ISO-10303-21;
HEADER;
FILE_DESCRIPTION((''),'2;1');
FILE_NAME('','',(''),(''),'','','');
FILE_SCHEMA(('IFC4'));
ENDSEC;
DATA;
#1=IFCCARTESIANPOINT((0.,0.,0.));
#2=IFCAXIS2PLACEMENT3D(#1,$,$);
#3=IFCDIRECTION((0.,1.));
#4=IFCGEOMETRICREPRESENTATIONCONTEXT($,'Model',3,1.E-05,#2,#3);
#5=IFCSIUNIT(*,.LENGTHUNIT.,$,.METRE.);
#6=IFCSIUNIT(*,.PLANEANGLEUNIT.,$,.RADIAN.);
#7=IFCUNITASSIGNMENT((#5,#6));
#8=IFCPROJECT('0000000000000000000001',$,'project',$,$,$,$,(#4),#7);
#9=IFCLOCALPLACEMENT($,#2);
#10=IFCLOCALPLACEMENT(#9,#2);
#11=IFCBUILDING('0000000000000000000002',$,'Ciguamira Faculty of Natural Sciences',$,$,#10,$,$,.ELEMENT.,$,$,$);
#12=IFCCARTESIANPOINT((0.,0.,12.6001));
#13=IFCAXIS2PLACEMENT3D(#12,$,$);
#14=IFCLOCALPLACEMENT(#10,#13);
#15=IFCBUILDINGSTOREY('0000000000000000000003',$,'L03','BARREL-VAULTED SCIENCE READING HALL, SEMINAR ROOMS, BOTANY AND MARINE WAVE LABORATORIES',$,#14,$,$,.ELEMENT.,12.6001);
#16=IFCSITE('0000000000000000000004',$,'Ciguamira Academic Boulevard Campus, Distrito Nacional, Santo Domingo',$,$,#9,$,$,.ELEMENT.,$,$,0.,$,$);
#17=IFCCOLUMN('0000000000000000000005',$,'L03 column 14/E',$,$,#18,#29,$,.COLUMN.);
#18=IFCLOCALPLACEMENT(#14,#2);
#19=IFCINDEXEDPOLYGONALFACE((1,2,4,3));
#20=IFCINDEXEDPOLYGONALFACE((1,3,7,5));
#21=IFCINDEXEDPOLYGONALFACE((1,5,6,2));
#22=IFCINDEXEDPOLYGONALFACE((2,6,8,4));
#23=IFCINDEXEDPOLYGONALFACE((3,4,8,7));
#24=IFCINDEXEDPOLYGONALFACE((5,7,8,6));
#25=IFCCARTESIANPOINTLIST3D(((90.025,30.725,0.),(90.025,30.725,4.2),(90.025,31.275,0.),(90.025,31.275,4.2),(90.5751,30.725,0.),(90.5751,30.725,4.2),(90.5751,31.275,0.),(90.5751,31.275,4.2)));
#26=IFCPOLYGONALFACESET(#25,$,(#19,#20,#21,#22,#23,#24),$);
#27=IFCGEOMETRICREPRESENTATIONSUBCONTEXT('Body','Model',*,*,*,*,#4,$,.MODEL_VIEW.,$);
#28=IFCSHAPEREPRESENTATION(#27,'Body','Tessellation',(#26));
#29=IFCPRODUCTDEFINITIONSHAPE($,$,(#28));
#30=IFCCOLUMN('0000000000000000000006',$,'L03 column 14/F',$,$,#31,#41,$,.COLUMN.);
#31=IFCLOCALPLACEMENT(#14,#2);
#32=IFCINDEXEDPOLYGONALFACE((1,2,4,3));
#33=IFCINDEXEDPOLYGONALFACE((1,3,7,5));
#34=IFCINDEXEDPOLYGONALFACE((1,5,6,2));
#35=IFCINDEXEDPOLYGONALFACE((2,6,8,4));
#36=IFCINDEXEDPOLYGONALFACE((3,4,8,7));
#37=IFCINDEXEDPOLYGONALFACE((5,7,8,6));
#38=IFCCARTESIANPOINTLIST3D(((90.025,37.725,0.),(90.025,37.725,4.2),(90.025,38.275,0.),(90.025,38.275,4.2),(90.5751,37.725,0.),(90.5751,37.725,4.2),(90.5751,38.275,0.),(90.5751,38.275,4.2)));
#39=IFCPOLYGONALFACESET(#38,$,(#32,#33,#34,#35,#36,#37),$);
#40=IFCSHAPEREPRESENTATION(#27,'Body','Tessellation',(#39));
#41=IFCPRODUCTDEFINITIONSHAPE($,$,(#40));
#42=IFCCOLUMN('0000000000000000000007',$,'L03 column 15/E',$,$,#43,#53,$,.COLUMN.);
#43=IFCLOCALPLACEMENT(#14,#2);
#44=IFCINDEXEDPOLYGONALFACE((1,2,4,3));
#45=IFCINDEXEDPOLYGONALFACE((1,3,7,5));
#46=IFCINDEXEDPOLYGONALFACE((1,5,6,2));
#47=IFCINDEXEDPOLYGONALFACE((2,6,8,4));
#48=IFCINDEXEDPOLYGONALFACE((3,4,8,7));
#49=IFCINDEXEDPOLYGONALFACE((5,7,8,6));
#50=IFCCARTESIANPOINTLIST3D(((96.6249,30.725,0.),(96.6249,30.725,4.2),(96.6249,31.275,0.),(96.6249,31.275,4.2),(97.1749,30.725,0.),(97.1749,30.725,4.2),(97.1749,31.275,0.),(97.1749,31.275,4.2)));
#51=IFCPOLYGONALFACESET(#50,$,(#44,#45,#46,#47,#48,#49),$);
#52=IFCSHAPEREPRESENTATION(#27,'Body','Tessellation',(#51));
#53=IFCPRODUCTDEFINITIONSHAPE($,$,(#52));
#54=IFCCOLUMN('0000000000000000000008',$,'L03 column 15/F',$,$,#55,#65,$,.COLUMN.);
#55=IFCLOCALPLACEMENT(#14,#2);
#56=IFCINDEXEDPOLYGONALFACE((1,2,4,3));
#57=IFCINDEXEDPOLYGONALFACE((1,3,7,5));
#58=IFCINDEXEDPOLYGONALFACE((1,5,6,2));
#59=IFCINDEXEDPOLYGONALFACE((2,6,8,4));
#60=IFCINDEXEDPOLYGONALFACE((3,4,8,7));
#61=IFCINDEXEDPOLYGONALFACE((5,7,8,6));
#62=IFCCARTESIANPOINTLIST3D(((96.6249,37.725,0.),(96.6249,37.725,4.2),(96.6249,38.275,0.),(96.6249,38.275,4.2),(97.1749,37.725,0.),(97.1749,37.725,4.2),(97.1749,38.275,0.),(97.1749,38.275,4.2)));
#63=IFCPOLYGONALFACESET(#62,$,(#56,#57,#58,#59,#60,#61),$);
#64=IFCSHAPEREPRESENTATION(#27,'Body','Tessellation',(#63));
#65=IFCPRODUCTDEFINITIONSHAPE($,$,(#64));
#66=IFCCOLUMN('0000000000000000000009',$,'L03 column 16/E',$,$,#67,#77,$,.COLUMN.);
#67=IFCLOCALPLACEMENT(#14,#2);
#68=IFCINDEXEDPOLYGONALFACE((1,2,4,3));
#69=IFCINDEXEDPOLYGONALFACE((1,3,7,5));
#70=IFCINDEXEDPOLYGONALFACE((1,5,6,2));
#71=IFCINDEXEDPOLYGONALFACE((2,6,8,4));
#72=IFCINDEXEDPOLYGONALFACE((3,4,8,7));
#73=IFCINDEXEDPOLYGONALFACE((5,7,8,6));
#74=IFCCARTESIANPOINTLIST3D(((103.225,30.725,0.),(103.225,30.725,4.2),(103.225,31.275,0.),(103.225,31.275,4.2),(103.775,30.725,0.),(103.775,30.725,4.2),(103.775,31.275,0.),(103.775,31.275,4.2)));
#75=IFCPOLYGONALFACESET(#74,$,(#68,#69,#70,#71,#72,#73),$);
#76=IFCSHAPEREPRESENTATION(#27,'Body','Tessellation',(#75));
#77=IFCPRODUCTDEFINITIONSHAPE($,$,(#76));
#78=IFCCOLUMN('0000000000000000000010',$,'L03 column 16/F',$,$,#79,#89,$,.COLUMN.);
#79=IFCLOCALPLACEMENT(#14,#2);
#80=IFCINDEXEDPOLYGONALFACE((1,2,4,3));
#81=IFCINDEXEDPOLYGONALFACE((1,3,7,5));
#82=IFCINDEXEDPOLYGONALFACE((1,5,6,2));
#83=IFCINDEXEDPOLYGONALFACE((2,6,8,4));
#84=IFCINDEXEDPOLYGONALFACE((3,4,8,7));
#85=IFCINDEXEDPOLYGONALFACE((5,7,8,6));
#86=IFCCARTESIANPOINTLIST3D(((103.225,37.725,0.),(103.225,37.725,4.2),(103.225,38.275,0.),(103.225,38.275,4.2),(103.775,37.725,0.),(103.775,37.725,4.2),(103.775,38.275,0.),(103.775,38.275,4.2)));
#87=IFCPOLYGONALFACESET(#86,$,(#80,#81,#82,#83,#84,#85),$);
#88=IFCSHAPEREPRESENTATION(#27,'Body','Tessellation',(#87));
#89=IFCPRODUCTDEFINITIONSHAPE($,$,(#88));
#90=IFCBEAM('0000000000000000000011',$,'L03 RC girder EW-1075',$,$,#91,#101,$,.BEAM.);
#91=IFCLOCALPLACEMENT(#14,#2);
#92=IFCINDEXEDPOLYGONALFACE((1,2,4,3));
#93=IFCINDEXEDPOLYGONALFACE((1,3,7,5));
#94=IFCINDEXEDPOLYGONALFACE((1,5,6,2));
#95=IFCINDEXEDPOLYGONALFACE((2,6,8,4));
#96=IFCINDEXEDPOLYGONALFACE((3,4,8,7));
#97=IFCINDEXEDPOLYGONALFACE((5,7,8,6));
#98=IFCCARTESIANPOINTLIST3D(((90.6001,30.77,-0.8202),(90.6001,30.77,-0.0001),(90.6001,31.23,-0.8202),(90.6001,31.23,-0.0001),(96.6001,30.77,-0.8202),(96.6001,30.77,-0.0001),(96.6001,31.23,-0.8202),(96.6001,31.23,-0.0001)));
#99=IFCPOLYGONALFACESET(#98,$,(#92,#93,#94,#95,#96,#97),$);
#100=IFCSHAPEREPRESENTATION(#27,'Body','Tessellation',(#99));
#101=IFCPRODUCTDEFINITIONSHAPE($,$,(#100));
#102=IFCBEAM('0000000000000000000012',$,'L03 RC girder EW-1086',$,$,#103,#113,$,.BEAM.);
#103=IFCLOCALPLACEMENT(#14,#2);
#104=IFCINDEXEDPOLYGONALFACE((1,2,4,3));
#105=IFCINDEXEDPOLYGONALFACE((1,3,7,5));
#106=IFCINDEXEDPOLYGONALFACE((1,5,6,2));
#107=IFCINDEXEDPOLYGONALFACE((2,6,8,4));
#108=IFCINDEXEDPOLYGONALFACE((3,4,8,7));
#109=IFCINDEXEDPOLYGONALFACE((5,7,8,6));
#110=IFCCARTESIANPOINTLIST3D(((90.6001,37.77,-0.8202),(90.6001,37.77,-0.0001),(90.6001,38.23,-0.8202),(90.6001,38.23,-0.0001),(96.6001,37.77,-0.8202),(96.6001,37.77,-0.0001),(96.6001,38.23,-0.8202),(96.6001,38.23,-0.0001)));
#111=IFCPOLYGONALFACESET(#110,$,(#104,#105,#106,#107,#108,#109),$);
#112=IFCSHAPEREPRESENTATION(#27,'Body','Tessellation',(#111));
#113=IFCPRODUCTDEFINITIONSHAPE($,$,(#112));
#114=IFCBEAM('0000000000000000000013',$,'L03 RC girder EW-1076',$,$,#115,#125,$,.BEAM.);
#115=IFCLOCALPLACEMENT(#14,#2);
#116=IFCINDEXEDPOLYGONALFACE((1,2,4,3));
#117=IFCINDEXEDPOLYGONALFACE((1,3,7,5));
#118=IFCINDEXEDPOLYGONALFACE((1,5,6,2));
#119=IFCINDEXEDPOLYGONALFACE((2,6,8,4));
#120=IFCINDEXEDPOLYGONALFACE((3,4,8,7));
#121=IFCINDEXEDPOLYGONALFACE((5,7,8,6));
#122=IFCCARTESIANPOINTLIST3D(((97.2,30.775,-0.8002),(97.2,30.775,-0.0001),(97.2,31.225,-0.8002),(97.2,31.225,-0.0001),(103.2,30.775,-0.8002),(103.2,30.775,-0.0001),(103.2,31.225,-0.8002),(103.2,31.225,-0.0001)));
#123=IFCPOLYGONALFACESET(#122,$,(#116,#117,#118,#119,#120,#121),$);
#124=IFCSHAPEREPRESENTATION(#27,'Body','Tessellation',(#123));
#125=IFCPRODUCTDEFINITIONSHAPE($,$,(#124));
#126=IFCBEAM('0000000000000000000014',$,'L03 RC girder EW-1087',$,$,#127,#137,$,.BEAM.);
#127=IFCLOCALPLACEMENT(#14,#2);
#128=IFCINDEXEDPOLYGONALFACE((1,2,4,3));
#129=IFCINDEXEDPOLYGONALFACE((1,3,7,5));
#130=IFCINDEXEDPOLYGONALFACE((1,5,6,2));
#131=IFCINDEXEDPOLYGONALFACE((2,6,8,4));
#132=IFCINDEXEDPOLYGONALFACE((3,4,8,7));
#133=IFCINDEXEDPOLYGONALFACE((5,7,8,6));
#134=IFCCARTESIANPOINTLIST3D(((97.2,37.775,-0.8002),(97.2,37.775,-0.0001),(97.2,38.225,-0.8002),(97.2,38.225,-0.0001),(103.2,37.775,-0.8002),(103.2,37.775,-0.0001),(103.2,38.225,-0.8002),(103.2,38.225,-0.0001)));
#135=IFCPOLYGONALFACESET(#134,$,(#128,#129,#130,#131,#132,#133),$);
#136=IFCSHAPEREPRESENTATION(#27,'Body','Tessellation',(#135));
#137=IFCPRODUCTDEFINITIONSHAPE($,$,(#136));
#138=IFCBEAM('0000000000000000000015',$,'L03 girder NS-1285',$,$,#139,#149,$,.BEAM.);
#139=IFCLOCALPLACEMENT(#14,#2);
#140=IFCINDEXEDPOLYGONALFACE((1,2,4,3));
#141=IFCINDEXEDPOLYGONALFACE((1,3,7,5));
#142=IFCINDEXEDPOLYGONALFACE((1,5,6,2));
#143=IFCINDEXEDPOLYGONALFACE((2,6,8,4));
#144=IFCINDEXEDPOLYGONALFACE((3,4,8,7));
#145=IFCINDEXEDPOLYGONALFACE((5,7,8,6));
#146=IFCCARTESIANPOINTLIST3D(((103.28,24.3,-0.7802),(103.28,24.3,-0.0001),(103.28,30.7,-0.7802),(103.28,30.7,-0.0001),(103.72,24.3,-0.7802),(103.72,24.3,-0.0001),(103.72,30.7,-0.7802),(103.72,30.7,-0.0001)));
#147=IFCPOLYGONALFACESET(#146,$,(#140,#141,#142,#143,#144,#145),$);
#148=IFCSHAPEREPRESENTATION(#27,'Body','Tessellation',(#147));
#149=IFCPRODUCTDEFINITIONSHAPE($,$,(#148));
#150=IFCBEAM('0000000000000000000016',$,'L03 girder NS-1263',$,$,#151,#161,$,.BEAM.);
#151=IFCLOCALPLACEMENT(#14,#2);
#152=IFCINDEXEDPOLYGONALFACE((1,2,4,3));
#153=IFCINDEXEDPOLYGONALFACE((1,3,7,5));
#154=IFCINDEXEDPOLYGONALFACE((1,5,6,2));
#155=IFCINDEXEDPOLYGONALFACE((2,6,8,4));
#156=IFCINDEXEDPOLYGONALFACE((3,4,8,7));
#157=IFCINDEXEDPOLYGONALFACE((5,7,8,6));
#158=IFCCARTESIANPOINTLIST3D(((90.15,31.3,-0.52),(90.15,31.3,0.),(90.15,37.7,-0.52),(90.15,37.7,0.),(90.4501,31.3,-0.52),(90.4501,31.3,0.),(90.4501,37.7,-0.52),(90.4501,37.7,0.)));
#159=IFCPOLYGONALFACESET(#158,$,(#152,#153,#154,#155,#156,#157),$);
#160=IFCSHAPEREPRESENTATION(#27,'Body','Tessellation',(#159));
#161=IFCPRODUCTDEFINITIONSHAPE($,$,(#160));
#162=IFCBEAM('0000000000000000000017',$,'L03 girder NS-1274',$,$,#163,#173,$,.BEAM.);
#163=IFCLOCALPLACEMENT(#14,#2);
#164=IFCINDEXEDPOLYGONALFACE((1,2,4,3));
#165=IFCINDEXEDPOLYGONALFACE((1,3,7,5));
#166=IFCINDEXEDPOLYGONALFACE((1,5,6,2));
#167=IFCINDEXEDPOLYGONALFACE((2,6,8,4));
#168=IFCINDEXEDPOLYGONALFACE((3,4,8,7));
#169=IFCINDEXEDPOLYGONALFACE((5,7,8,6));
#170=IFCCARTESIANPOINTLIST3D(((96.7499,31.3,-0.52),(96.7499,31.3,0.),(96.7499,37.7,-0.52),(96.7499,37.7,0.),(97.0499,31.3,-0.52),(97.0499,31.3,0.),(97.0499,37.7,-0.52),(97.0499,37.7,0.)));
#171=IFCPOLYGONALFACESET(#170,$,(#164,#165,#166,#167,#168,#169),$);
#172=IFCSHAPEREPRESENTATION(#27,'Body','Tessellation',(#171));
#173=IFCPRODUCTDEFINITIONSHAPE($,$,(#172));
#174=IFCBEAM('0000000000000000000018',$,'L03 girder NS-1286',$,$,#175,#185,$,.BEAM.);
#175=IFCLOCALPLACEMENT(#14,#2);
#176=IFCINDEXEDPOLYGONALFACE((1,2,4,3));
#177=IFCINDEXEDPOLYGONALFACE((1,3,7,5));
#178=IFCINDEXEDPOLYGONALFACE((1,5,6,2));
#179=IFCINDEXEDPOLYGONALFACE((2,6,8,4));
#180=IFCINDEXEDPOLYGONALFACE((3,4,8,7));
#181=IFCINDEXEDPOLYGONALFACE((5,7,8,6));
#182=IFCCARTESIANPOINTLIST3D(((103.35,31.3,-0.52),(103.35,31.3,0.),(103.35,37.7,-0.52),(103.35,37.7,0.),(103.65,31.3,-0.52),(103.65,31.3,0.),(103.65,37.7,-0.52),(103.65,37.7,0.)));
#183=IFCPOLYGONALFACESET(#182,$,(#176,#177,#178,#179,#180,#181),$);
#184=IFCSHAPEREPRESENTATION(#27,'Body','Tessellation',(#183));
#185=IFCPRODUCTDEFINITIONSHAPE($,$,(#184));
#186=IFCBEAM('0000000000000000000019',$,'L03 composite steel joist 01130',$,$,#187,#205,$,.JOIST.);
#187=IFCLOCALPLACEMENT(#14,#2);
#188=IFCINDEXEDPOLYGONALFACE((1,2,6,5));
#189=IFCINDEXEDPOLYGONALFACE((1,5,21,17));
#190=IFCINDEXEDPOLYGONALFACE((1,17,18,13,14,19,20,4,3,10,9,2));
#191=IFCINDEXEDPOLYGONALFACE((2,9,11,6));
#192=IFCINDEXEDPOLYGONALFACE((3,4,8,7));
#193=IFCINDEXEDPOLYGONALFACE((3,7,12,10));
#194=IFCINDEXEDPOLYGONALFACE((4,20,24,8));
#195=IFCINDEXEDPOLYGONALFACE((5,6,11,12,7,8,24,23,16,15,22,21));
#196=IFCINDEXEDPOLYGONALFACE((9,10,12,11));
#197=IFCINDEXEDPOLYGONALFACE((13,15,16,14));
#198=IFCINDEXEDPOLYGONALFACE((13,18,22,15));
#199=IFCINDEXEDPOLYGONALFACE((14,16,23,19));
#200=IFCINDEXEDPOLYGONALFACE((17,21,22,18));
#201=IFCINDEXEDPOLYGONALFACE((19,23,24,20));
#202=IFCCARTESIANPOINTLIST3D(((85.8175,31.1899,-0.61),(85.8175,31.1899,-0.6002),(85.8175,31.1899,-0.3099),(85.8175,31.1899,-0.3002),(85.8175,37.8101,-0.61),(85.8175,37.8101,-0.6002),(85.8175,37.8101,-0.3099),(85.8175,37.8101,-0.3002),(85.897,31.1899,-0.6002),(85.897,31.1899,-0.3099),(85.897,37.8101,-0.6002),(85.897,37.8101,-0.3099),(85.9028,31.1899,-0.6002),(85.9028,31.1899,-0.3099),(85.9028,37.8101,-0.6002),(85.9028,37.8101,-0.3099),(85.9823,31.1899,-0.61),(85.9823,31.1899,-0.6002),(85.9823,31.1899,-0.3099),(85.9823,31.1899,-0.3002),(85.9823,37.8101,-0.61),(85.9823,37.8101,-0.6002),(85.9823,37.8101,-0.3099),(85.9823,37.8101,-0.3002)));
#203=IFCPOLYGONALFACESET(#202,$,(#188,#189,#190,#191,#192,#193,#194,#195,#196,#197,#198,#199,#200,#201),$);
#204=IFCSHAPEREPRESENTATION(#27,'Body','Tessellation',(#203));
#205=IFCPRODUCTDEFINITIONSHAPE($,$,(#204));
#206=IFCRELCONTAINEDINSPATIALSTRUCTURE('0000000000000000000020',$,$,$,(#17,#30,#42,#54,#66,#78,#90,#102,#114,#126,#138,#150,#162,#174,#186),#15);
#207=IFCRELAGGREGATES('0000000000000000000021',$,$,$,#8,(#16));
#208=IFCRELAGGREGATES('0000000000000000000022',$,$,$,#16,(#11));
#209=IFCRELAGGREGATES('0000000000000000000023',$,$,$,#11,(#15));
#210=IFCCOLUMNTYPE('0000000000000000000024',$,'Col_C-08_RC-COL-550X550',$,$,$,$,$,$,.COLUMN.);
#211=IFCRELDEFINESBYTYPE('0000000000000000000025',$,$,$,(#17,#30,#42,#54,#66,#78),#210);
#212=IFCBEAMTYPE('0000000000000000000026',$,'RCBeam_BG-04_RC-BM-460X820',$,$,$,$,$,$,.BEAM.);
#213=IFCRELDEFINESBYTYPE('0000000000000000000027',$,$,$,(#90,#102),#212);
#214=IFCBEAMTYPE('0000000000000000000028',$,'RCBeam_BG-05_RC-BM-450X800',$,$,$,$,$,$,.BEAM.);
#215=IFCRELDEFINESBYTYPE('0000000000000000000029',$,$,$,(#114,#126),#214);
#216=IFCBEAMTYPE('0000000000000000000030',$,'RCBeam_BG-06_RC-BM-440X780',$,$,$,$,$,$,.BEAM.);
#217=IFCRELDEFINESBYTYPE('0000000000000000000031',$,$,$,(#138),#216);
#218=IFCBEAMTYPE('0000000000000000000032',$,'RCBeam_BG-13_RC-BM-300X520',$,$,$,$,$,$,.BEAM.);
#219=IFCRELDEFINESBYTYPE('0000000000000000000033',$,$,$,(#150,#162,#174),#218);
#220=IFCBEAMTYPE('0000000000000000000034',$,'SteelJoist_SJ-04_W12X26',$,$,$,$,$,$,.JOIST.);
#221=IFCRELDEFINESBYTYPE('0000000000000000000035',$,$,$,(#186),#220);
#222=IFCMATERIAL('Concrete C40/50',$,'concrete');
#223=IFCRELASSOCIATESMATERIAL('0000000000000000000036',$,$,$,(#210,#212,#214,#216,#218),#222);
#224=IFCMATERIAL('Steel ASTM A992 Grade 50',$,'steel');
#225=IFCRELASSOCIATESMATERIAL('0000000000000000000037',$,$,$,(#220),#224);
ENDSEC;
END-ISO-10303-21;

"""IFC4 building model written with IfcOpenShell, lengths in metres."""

from ifc_helpers import new_model, si_unit, direction, frame, origin, origin_2d, place, context, subcontext, project, spatial, rectangle, i_section, extrude, material, material_profile, profile_set, type_object, element, save


model = new_model("IFC4")

# Units and contexts
model_context = context("Model", 3, precision=1e-05, world=origin(), true_north=direction((0.0, 1.0)))
body_context = subcontext(model_context, "Body", "Model", "MODEL_VIEW")
ifc_project = project(units=[si_unit("LENGTHUNIT", "METRE"), si_unit("PLANEANGLEUNIT", "RADIAN")], contexts=[model_context])

# Site, building, storey
site_placement = place(None, origin())
site = spatial("IfcSite", under=ifc_project, at=site_placement, Name="Ciguamira Academic Boulevard Campus, Distrito Nacional, Santo Domingo", CompositionType="ELEMENT", RefElevation=0.0)
building_placement = place(site_placement, origin())
building = spatial("IfcBuilding", under=site, at=building_placement, Name="Ciguamira Faculty of Natural Sciences", CompositionType="ELEMENT")
storey_placement = place(building_placement, frame((0.0, 0.0, 12.6001)))
storey = spatial("IfcBuildingStorey", under=building, at=storey_placement, Name="L03", Description="BARREL-VAULTED SCIENCE READING HALL, SEMINAR ROOMS, BOTANY AND MARINE WAVE LABORATORIES", CompositionType="ELEMENT", Elevation=12.6001)

# Columns
ifc_material_1 = material(Name="Concrete C40/50", Category="concrete")
ifc_material_profile_1 = material_profile(ifc_material_1, rectangle(XDim=0.55, YDim=0.55, at=origin_2d()), Name="RC-COL-550X550")
ifc_profile_set_1 = profile_set([ifc_material_profile_1], Name="Concrete C40/50")
column_type = type_object("IfcColumnType", Name="Col_C-08_RC-COL-550X550", PredefinedType="COLUMN", material=ifc_profile_set_1)
for number, where, z_axis, x_axis, name in (
    (1, (90.3, 31.0, 0.0), (0.0, 0.0, 1.0), (1.0, 0.0, 0.0), "L03 column 14/E"),
    (2, (90.3, 38.0, 0.0), (0.0, 0.0, 1.0), (1.0, 0.0, 0.0), "L03 column 14/F"),
    (3, (96.8999, 31.0, 0.0), (0.0, 0.0, 1.0), (1.0, 0.0, 0.0), "L03 column 15/E"),
    (4, (96.8999, 38.0, 0.0), (0.0, 0.0, 1.0), (1.0, 0.0, 0.0), "L03 column 15/F"),
    (5, (103.5, 31.0, 0.0), (0.0, 0.0, 1.0), (1.0, 0.0, 0.0), "L03 column 16/E"),
    (6, (103.5, 38.0, 0.0), (0.0, 0.0, 1.0), (1.0, 0.0, 0.0), "L03 column 16/F"),
):
    element("IfcColumn", number, at=place(storey_placement, frame(where, z_axis=z_axis, x_axis=x_axis)), inside=storey, type_object=column_type, Name=name, PredefinedType="COLUMN", context=body_context, shape_type="SweptSolid", body=[
        extrude(rectangle(XDim=0.55, YDim=0.55, at=origin_2d()), origin(), (0.0, 0.0, 1.0), 4.2),
    ])

# Beams
ifc_material_profile_2 = material_profile(ifc_material_1, rectangle(XDim=0.46, YDim=0.8201, at=origin_2d()), Name="RC-BM-460X820")
ifc_profile_set_2 = profile_set([ifc_material_profile_2], Name="Concrete C40/50")
beam_type_1 = type_object("IfcBeamType", Name="RCBeam_BG-04_RC-BM-460X820", PredefinedType="BEAM", material=ifc_profile_set_2)
for number, where, z_axis, x_axis, name in (
    (7, (90.6001, 31.0, -0.4102), (1.0, 0.0, 0.0), (0.0, 1.0, 0.0), "L03 RC girder EW-1075"),
    (8, (90.6001, 38.0, -0.4102), (1.0, 0.0, 0.0), (0.0, 1.0, 0.0), "L03 RC girder EW-1086"),
):
    element("IfcBeam", number, at=place(storey_placement, frame(where, z_axis=z_axis, x_axis=x_axis)), inside=storey, type_object=beam_type_1, Name=name, PredefinedType="BEAM", context=body_context, shape_type="SweptSolid", body=[
        extrude(rectangle(XDim=0.46, YDim=0.8201, at=origin_2d()), origin(), (0.0, 0.0, 1.0), 6.0),
    ])
ifc_material_profile_3 = material_profile(ifc_material_1, rectangle(XDim=0.45, YDim=0.8, at=origin_2d()), Name="RC-BM-450X800")
ifc_profile_set_3 = profile_set([ifc_material_profile_3], Name="Concrete C40/50")
beam_type_2 = type_object("IfcBeamType", Name="RCBeam_BG-05_RC-BM-450X800", PredefinedType="BEAM", material=ifc_profile_set_3)
for number, where, z_axis, x_axis, name in (
    (9, (97.2, 31.0, -0.4001), (1.0, 0.0, 0.0), (0.0, 1.0, 0.0), "L03 RC girder EW-1076"),
    (10, (97.2, 38.0, -0.4001), (1.0, 0.0, 0.0), (0.0, 1.0, 0.0), "L03 RC girder EW-1087"),
):
    element("IfcBeam", number, at=place(storey_placement, frame(where, z_axis=z_axis, x_axis=x_axis)), inside=storey, type_object=beam_type_2, Name=name, PredefinedType="BEAM", context=body_context, shape_type="SweptSolid", body=[
        extrude(rectangle(XDim=0.45, YDim=0.8, at=origin_2d()), origin(), (0.0, 0.0, 1.0), 6.0),
    ])
ifc_material_profile_4 = material_profile(ifc_material_1, rectangle(XDim=0.4399, YDim=0.78, at=origin_2d()), Name="RC-BM-440X780")
ifc_profile_set_4 = profile_set([ifc_material_profile_4], Name="Concrete C40/50")
beam_type_3 = type_object("IfcBeamType", Name="RCBeam_BG-06_RC-BM-440X780", PredefinedType="BEAM", material=ifc_profile_set_4)
beam_1_placement = place(storey_placement, frame((103.5, 24.3, -0.3901), z_axis=(0.0, 1.0, 0.0), x_axis=(-1.0, 0.0, 0.0)))
element("IfcBeam", 11, at=beam_1_placement, inside=storey, type_object=beam_type_3, Name="L03 girder NS-1285", PredefinedType="BEAM", context=body_context, shape_type="SweptSolid", body=[
    extrude(rectangle(XDim=0.4399, YDim=0.78, at=origin_2d()), origin(), (0.0, 0.0, 1.0), 6.3999),
])
ifc_material_profile_5 = material_profile(ifc_material_1, rectangle(XDim=0.3, YDim=0.52, at=origin_2d()), Name="RC-BM-300X520")
ifc_profile_set_5 = profile_set([ifc_material_profile_5], Name="Concrete C40/50")
beam_type_4 = type_object("IfcBeamType", Name="RCBeam_BG-13_RC-BM-300X520", PredefinedType="BEAM", material=ifc_profile_set_5)
for number, where, z_axis, x_axis, name in (
    (12, (90.3, 31.3, -0.26), (0.0, 1.0, 0.0), (-1.0, 0.0, 0.0), "L03 girder NS-1263"),
    (13, (96.8999, 31.3, -0.26), (0.0, 1.0, 0.0), (-1.0, 0.0, 0.0), "L03 girder NS-1274"),
    (14, (103.5, 31.3, -0.26), (0.0, 1.0, 0.0), (-1.0, 0.0, 0.0), "L03 girder NS-1286"),
):
    element("IfcBeam", number, at=place(storey_placement, frame(where, z_axis=z_axis, x_axis=x_axis)), inside=storey, type_object=beam_type_4, Name=name, PredefinedType="BEAM", context=body_context, shape_type="SweptSolid", body=[
        extrude(rectangle(XDim=0.3, YDim=0.52, at=origin_2d()), origin(), (0.0, 0.0, 1.0), 6.3999),
    ])
ifc_material_2 = material(Name="Steel ASTM A992 Grade 50", Category="steel")
ifc_material_profile_6 = material_profile(ifc_material_2, i_section(OverallWidth=0.1648, OverallDepth=0.3098, WebThickness=0.0059, FlangeThickness=0.0098, at=origin_2d()), Name="W12X26")
ifc_profile_set_6 = profile_set([ifc_material_profile_6], Name="Steel ASTM A992 Grade 50")
beam_type_5 = type_object("IfcBeamType", Name="SteelJoist_SJ-04_W12X26", PredefinedType="JOIST", material=ifc_profile_set_6)
beam_2_placement = place(storey_placement, frame((85.8999, 31.1899, -0.4551), z_axis=(0.0, 1.0, 0.0), x_axis=(-1.0, 0.0, 0.0)))
element("IfcBeam", 15, at=beam_2_placement, inside=storey, type_object=beam_type_5, Name="L03 composite steel joist 01130", PredefinedType="JOIST", context=body_context, shape_type="SweptSolid", body=[
    extrude(i_section(OverallWidth=0.1648, OverallDepth=0.3098, WebThickness=0.0059, FlangeThickness=0.0098, at=origin_2d()), origin(), (0.0, 0.0, 1.0), 6.6201),
])

save(model, "model.ifc")
